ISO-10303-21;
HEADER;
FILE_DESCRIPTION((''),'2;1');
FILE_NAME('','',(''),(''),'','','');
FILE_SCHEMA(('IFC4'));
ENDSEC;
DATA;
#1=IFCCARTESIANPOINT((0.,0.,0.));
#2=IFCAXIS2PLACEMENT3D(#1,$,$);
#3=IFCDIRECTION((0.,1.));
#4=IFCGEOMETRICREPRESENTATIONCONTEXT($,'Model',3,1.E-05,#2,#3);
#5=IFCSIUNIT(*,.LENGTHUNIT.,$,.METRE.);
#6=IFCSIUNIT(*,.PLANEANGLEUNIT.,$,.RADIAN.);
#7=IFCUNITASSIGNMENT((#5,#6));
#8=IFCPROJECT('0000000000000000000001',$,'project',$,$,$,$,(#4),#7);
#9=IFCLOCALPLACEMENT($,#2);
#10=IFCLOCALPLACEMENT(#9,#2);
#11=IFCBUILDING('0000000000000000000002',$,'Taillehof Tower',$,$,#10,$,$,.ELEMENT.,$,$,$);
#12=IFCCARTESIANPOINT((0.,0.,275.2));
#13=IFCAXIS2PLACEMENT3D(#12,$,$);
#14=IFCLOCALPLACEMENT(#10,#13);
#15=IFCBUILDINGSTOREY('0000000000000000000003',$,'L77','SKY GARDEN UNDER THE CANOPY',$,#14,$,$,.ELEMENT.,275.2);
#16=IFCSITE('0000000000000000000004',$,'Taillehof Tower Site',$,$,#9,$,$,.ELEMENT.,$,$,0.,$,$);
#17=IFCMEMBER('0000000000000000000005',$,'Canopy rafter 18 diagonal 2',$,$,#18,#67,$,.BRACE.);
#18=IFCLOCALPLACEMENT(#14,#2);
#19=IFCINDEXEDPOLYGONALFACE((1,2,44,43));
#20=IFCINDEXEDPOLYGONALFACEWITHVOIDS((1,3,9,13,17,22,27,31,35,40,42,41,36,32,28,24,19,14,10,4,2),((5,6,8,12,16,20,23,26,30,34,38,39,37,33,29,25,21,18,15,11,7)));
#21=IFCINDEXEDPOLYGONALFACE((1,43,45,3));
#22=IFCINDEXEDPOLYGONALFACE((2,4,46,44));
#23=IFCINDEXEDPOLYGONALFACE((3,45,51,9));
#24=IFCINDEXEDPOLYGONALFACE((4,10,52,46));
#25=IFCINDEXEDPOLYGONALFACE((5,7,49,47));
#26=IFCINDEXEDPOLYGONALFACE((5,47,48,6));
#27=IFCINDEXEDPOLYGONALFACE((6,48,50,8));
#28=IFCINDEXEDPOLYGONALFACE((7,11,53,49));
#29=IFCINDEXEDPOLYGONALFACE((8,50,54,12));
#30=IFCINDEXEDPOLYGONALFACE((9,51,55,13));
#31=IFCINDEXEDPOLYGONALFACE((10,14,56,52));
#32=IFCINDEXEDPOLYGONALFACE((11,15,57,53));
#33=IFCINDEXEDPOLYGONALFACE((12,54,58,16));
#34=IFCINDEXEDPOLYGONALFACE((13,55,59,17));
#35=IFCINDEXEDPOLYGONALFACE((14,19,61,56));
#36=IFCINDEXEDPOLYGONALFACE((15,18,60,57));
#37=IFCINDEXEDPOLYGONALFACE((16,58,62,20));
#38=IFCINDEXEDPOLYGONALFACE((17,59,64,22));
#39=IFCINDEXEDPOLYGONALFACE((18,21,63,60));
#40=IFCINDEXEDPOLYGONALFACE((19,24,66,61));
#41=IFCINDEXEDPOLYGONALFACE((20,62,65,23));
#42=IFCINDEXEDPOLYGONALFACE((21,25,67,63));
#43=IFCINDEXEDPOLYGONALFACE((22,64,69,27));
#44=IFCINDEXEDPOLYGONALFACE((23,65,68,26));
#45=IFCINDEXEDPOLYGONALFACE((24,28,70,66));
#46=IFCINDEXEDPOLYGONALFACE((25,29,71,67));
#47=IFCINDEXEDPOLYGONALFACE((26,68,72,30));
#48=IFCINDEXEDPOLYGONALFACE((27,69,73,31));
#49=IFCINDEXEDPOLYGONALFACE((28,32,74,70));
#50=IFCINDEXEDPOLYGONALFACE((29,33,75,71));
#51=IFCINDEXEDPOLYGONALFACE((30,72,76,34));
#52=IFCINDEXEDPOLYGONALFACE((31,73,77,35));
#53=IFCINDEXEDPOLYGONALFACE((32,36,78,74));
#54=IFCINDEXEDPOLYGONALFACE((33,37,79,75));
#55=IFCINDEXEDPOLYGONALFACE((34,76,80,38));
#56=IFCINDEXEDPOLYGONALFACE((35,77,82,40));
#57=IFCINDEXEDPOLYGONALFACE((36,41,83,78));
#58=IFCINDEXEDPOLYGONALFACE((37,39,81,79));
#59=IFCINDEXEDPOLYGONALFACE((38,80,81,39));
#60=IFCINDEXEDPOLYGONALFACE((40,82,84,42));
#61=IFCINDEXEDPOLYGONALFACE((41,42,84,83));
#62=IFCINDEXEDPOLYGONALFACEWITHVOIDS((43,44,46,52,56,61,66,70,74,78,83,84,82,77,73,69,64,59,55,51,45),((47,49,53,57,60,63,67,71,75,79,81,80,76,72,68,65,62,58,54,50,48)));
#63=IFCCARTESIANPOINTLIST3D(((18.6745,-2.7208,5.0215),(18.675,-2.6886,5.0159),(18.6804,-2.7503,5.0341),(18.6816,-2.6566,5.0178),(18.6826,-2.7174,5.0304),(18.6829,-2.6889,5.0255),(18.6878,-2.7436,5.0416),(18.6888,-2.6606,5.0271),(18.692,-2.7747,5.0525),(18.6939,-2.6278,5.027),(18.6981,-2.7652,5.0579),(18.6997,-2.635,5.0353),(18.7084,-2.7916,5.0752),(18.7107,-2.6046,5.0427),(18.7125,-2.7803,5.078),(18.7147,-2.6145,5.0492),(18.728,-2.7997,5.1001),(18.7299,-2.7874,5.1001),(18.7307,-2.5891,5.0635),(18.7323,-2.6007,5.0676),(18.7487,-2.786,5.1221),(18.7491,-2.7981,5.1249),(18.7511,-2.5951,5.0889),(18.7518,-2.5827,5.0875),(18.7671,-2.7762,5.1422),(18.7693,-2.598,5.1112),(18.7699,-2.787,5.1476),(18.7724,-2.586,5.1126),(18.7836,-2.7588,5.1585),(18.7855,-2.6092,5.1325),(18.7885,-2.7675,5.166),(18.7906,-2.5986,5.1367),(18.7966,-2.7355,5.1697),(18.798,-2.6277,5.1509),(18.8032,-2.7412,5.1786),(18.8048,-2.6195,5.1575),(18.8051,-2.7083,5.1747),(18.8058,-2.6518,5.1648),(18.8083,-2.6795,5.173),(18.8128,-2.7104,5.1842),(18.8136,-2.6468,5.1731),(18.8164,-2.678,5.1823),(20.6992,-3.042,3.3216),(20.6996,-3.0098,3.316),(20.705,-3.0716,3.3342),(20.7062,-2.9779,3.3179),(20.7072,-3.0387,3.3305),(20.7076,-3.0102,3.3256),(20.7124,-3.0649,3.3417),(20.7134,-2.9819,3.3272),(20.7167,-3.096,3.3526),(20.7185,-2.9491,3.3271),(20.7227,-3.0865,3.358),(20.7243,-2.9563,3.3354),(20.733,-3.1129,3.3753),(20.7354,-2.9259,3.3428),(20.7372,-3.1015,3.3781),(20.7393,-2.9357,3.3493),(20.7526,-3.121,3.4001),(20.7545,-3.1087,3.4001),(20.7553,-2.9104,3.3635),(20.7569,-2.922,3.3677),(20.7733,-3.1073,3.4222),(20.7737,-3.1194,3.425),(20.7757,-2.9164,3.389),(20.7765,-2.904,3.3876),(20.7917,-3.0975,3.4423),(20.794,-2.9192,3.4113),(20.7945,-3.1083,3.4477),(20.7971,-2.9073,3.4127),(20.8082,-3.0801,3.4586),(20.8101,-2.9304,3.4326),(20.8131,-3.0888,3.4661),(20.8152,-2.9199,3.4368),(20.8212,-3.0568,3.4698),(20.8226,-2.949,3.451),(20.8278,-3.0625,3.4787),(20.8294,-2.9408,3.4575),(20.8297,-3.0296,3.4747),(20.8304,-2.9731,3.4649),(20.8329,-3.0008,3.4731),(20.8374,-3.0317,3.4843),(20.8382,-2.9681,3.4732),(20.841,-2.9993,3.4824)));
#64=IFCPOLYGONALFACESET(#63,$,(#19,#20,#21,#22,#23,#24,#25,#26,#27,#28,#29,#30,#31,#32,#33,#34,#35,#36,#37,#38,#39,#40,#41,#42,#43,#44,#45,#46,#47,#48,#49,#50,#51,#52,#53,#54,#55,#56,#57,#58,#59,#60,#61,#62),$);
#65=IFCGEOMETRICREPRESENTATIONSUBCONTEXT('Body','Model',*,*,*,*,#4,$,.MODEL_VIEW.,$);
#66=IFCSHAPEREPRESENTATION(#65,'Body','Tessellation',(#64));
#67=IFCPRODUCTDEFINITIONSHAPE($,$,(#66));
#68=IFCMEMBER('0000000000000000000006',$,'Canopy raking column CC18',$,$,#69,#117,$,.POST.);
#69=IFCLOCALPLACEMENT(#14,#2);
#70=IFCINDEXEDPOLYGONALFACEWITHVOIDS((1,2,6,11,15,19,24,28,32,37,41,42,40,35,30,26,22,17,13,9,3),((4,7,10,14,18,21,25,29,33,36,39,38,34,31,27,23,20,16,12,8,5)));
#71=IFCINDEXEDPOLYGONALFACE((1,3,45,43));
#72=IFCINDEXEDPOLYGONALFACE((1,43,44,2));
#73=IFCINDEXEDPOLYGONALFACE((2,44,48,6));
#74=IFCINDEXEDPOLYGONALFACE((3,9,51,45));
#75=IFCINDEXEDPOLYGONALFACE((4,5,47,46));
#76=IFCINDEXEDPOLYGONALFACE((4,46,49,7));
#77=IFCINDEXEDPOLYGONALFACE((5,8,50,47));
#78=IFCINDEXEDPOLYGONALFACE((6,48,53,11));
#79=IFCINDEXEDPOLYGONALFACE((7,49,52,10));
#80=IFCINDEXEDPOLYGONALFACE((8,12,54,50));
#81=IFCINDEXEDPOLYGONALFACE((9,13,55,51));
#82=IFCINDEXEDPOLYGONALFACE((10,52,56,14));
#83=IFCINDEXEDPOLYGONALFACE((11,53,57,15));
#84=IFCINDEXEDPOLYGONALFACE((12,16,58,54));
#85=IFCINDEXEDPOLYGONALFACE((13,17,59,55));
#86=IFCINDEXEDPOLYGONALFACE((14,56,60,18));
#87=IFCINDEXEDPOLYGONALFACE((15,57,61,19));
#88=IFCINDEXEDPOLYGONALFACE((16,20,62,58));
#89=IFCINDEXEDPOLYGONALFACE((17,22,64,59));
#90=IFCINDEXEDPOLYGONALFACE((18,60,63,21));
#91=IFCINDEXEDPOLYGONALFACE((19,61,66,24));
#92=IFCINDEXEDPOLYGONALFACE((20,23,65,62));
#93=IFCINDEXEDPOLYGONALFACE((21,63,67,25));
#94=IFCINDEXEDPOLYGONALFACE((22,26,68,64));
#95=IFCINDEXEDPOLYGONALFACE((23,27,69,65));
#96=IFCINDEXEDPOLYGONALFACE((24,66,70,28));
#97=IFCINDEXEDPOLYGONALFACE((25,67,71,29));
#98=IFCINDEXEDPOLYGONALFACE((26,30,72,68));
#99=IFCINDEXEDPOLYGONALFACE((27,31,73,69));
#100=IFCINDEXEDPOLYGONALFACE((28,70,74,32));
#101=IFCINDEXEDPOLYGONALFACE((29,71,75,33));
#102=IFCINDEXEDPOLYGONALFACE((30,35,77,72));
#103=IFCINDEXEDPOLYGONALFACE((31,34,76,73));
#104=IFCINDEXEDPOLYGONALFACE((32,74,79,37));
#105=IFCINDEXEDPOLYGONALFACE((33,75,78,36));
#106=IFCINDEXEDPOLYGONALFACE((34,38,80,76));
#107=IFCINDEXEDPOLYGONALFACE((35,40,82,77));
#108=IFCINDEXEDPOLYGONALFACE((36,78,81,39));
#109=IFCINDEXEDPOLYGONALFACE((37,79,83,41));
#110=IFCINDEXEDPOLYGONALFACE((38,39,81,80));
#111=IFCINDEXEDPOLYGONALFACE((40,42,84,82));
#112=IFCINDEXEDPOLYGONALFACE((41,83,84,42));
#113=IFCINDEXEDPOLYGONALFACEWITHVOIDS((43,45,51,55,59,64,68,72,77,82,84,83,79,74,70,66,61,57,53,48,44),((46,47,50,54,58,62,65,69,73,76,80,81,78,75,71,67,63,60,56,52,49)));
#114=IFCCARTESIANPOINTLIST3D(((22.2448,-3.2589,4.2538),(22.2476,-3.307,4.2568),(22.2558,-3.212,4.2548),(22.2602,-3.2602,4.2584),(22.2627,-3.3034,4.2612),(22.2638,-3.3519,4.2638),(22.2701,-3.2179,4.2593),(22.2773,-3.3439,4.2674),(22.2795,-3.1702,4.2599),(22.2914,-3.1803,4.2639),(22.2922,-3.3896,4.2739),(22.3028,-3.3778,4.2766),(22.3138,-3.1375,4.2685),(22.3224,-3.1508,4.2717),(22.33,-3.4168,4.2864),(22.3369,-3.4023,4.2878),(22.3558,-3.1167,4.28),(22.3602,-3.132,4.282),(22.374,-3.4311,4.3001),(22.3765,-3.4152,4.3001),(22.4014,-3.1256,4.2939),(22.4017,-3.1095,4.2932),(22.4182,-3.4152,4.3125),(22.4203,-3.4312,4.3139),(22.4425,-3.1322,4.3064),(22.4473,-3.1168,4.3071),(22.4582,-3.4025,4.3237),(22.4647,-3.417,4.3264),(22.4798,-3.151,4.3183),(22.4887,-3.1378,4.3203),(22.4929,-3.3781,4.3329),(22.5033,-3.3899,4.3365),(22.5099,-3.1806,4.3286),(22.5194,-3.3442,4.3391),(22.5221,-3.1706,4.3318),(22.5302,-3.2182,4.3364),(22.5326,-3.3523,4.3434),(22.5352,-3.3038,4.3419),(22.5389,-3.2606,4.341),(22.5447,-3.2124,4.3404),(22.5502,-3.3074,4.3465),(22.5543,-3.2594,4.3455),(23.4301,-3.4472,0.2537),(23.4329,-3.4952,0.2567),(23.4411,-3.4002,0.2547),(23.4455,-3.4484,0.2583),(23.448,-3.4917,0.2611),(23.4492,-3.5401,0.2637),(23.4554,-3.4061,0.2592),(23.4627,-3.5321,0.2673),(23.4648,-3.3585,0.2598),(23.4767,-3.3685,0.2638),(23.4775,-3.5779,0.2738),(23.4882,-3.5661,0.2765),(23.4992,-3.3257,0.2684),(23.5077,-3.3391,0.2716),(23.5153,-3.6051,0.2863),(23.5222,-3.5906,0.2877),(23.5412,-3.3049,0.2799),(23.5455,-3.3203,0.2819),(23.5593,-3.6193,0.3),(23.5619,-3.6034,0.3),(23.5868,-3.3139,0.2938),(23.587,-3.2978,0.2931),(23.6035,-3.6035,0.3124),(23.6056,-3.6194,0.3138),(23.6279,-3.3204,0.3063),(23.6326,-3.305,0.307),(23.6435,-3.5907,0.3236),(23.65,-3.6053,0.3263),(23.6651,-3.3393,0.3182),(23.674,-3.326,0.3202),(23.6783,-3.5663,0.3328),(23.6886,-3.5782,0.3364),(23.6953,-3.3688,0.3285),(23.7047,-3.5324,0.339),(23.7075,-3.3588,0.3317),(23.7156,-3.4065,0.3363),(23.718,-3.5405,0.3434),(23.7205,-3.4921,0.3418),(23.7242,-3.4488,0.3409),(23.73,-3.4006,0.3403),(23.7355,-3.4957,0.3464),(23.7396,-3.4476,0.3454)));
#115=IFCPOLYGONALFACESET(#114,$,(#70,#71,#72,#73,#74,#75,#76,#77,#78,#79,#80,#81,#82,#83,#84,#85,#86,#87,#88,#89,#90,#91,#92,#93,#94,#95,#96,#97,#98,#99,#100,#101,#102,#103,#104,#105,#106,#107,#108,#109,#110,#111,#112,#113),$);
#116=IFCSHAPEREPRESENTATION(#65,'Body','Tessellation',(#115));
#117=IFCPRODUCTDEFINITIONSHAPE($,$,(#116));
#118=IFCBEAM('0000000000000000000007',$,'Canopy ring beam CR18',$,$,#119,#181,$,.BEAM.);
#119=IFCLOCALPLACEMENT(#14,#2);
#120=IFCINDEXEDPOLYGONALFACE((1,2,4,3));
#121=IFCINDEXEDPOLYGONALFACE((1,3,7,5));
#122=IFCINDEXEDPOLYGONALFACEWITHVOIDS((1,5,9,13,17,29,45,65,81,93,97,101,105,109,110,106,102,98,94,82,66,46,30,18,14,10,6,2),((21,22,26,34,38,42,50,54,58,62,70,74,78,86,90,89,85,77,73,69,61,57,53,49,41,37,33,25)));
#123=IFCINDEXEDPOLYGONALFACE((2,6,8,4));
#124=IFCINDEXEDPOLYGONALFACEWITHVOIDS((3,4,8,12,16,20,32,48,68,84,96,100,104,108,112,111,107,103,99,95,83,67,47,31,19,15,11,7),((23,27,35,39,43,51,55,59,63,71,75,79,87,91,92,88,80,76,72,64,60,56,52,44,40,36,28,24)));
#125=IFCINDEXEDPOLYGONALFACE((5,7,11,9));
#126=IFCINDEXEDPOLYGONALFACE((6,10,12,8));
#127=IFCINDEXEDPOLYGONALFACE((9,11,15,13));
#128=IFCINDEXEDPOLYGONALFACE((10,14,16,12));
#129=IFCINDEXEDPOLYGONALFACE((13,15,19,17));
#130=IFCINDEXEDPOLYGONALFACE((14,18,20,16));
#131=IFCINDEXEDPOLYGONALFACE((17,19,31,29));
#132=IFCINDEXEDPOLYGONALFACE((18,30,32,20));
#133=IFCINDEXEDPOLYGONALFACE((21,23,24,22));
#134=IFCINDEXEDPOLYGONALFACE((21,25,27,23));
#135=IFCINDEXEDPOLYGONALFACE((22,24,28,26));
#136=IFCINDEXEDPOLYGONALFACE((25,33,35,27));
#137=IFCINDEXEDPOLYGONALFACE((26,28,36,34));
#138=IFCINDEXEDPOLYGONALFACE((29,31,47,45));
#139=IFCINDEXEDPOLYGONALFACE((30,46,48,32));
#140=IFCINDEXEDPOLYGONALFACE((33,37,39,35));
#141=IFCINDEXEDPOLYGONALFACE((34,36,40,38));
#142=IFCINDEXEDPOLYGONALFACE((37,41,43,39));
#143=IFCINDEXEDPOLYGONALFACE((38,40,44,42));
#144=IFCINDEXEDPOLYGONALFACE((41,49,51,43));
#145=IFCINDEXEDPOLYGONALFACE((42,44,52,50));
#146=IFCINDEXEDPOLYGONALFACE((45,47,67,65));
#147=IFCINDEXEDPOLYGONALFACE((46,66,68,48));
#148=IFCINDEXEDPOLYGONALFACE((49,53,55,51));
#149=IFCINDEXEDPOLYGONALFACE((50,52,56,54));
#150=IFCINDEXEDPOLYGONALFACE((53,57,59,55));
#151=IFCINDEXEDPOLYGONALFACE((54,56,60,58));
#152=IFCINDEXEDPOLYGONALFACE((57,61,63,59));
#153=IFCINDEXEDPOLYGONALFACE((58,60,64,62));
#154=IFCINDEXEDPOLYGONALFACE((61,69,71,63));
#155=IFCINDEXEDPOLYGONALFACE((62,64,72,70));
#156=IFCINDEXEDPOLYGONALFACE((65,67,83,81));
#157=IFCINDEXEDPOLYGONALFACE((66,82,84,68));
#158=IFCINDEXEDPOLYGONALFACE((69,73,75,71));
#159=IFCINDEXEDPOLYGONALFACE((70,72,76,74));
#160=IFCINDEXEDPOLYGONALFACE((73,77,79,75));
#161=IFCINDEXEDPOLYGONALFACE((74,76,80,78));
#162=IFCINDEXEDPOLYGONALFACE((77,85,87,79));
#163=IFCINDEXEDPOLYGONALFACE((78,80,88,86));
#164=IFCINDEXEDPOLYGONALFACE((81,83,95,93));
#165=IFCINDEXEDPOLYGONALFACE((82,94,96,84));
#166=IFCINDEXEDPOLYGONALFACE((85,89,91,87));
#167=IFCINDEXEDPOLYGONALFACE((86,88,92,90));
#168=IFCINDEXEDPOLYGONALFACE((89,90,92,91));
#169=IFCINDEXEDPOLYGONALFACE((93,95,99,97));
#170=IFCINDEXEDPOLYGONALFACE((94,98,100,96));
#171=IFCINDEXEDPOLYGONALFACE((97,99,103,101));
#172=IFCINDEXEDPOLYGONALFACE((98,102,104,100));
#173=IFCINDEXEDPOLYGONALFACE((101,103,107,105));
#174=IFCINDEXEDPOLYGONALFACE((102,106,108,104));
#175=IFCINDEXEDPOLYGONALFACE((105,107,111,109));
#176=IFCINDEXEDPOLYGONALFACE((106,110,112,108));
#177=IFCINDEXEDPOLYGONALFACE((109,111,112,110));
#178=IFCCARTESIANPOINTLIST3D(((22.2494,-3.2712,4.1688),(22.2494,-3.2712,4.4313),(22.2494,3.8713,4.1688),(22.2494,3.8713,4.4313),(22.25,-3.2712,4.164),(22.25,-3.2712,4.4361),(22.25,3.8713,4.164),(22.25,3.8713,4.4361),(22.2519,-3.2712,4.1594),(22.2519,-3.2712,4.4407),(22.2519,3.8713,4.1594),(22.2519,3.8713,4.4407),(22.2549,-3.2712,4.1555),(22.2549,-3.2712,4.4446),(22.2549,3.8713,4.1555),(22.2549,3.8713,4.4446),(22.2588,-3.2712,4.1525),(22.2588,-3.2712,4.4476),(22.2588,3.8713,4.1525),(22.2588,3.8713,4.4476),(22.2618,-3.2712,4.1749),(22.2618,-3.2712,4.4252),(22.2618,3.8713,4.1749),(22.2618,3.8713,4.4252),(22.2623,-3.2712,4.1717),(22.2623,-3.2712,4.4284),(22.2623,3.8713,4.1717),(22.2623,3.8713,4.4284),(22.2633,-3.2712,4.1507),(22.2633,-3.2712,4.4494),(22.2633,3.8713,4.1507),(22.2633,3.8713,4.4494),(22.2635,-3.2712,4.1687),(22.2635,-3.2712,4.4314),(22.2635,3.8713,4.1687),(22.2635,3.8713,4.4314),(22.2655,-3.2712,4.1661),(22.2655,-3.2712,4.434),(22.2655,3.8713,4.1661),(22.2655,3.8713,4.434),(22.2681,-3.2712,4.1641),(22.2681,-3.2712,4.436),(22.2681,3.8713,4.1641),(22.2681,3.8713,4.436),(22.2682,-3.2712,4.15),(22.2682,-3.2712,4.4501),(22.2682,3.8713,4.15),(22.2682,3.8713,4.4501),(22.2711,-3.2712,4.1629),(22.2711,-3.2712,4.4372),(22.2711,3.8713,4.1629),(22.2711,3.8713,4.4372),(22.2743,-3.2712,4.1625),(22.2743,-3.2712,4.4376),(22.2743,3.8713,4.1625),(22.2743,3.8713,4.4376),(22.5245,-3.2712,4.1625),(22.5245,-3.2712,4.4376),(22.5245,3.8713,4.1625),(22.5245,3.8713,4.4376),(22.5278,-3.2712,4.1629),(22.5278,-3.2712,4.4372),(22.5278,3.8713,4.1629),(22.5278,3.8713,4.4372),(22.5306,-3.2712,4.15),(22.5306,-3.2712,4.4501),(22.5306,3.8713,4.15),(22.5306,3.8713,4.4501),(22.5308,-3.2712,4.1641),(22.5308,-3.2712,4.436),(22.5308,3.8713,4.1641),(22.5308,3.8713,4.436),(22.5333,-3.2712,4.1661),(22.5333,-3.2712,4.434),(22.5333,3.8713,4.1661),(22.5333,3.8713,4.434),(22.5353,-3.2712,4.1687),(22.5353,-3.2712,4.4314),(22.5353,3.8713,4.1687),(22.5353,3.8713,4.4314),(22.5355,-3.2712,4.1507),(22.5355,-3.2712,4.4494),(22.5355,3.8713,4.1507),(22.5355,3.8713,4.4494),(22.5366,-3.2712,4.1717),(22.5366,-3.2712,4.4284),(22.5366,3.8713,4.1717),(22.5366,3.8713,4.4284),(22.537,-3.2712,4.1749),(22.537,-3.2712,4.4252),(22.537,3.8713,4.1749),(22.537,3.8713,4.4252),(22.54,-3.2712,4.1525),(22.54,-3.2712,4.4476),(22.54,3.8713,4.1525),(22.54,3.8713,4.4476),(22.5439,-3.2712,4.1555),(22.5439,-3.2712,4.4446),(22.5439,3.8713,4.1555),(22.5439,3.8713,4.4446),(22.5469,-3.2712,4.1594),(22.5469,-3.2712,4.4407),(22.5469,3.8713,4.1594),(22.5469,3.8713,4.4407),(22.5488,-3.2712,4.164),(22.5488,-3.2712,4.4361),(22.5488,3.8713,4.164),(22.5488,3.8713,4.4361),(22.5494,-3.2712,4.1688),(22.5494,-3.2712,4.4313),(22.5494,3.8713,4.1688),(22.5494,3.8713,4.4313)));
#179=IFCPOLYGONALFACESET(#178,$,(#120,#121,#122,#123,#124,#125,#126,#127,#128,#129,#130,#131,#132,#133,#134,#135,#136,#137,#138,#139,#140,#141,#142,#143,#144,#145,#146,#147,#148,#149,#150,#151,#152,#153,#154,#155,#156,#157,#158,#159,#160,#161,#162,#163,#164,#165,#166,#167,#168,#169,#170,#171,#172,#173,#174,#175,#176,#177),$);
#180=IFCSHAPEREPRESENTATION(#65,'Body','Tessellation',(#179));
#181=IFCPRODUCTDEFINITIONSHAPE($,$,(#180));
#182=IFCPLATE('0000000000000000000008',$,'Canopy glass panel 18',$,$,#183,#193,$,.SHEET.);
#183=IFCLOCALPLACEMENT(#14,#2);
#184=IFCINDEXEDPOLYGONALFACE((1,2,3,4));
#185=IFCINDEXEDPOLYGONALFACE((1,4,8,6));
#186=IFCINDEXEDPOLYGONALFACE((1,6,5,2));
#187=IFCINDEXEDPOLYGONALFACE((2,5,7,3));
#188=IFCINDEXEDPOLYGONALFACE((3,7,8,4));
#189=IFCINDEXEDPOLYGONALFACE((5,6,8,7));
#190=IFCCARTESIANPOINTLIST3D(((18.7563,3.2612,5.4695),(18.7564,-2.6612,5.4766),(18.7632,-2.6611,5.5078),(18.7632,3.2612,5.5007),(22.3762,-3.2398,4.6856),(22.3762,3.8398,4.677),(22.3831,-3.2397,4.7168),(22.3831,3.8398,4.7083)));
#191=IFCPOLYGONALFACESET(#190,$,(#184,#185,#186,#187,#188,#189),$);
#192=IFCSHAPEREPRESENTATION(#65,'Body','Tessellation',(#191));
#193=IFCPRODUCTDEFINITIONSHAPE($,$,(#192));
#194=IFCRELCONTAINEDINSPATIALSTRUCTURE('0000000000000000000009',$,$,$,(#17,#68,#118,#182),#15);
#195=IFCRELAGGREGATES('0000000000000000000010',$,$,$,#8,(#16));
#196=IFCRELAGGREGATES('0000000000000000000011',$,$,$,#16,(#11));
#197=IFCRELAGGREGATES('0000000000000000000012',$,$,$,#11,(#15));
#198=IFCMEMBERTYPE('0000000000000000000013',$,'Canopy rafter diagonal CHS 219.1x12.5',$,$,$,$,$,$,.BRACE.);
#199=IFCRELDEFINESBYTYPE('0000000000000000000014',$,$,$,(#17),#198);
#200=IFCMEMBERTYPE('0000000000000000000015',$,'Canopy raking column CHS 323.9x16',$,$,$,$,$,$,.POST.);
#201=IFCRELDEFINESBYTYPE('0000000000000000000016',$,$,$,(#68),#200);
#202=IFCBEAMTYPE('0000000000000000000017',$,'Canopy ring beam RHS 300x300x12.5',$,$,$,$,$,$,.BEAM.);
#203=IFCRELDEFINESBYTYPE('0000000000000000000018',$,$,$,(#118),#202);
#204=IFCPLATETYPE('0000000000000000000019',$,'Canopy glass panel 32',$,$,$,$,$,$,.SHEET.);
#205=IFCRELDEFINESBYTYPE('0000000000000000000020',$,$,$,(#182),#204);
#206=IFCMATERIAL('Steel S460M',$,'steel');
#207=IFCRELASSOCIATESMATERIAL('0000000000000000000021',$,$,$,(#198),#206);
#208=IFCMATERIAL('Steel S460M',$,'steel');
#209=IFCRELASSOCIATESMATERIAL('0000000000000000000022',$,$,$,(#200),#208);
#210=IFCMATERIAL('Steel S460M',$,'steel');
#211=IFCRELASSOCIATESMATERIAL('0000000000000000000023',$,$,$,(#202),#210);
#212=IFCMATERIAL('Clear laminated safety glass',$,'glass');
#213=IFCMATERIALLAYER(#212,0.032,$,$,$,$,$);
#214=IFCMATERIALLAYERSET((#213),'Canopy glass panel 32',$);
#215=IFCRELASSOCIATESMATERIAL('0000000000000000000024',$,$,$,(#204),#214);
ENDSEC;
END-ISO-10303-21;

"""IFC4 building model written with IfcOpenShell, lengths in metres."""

from ifc_helpers import new_model, si_unit, direction, frame, origin, origin_2d, place, context, subcontext, project, spatial, polyline, hollow_rectangle, hollow_circle, outline, extrude, material, layer, layer_set, material_profile, profile_set, type_object, element, save


model = new_model("IFC4")

# Units and contexts
model_context = context("Model", 3, precision=1e-05, world=origin(), true_north=direction((0.0, 1.0)))
body_context = subcontext(model_context, "Body", "Model", "MODEL_VIEW")
ifc_project = project(units=[si_unit("LENGTHUNIT", "METRE"), si_unit("PLANEANGLEUNIT", "RADIAN")], contexts=[model_context])

# Site, building, storey
site_placement = place(None, origin())
site = spatial("IfcSite", under=ifc_project, at=site_placement, Name="Taillehof Tower Site", CompositionType="ELEMENT", RefElevation=0.0)
building_placement = place(site_placement, origin())
building = spatial("IfcBuilding", under=site, at=building_placement, Name="Taillehof Tower", CompositionType="ELEMENT")
storey_placement = place(building_placement, frame((0.0, 0.0, 275.2)))
storey = spatial("IfcBuildingStorey", under=building, at=storey_placement, Name="L77", Description="SKY GARDEN UNDER THE CANOPY", CompositionType="ELEMENT", Elevation=275.2)

# Members
ifc_material_1 = material(Name="Steel S460M", Category="steel")
ifc_material_profile_1 = material_profile(ifc_material_1, hollow_circle(Radius=0.1096, WallThickness=0.0125, at=origin_2d()), Name="CHS 219.1x12.5")
ifc_profile_set_1 = profile_set([ifc_material_profile_1], Name="Steel S460M")
member_type_1 = type_object("IfcMemberType", Name="Canopy rafter diagonal CHS 219.1x12.5", PredefinedType="BRACE", material=ifc_profile_set_1)
member_1_placement = place(storey_placement, frame((20.7698, -3.0127, 3.4001), z_axis=(-0.760253, 0.120643, 0.638326), x_axis=(-0.156727, -0.987642, 0.0)))
element("IfcMember", 1, at=member_1_placement, inside=storey, type_object=member_type_1, Name="Canopy rafter 18 diagonal 2", PredefinedType="BRACE", context=body_context, shape_type="SweptSolid", body=[
    extrude(hollow_circle(Radius=0.1096, WallThickness=0.0125, at=origin_2d()), origin(), (0.0, 0.0, 1.0), 2.6631),
])
ifc_material_2 = material(Name="Steel S460M", Category="steel")
ifc_material_profile_2 = material_profile(ifc_material_2, hollow_circle(Radius=0.1619, WallThickness=0.0161, at=origin_2d()), Name="CHS 323.9x16")
ifc_profile_set_2 = profile_set([ifc_material_profile_2], Name="Steel S460M")
member_type_2 = type_object("IfcMemberType", Name="Canopy raking column CHS 323.9x16", PredefinedType="POST", material=ifc_profile_set_2)
member_2_placement = place(storey_placement, frame((23.5847, -3.4595, 0.3), z_axis=(-0.283825, 0.045073, 0.957816), x_axis=(-0.15684, -0.987624, 0.0)))
element("IfcMember", 2, at=member_2_placement, inside=storey, type_object=member_type_2, Name="Canopy raking column CC18", PredefinedType="POST", context=body_context, shape_type="SweptSolid", body=[
    extrude(hollow_circle(Radius=0.1619, WallThickness=0.0161, at=origin_2d()), origin(), (0.0, 0.0, 1.0), 4.1763),
])

# Beam
ifc_material_3 = material(Name="Steel S460M", Category="steel")
ifc_material_profile_3 = material_profile(ifc_material_3, hollow_rectangle(XDim=0.3, YDim=0.3, WallThickness=0.0125, InnerFilletRadius=0.0125, OuterFilletRadius=0.0188, at=origin_2d()), Name="RHS 300x300x12.5")
ifc_profile_set_3 = profile_set([ifc_material_profile_3], Name="Steel S460M")
beam_type_1 = type_object("IfcBeamType", Name="Canopy ring beam RHS 300x300x12.5", PredefinedType="BEAM", material=ifc_profile_set_3)
beam_1_placement = place(storey_placement, frame((22.3994, -3.2712, 4.3), z_axis=(0.0, 1.0, 0.0), x_axis=(-1.0, 0.0, 0.0)))
element("IfcBeam", 3, at=beam_1_placement, inside=storey, type_object=beam_type_1, Name="Canopy ring beam CR18", PredefinedType="BEAM", context=body_context, shape_type="SweptSolid", body=[
    extrude(hollow_rectangle(XDim=0.3, YDim=0.3, WallThickness=0.0125, InnerFilletRadius=0.0125, OuterFilletRadius=0.0188, at=origin_2d()), origin(), (0.0, 0.0, 1.0), 7.1426),
])

# Plate
ifc_material_4 = material(Name="Clear laminated safety glass", Category="glass")
ifc_layer_1 = layer(ifc_material_4, 0.032)
ifc_layer_set_1 = layer_set([ifc_layer_1], Name="Canopy glass panel 32")
plate_type = type_object("IfcPlateType", Name="Canopy glass panel 32", PredefinedType="SHEET", material=ifc_layer_set_1)
plate_placement = place(storey_placement, frame((22.3831, -3.2397, 4.7168), z_axis=(0.213671, 0.001174, 0.976905), x_axis=(0.000001, 0.999999, -0.001202)))
element("IfcPlate", 4, at=plate_placement, inside=storey, type_object=plate_type, Name="Canopy glass panel 18", PredefinedType="SHEET", context=body_context, shape_type="SweptSolid", body=[
    extrude(outline(polyline([(0.0, 0.0), (7.0796, 0.0), (6.5, 3.7055), (0.5777, 3.7054), (0.0, 0.0)])), origin(), (0.0, 0.0, -1.0), 0.032),
])

save(model, "model.ifc")
